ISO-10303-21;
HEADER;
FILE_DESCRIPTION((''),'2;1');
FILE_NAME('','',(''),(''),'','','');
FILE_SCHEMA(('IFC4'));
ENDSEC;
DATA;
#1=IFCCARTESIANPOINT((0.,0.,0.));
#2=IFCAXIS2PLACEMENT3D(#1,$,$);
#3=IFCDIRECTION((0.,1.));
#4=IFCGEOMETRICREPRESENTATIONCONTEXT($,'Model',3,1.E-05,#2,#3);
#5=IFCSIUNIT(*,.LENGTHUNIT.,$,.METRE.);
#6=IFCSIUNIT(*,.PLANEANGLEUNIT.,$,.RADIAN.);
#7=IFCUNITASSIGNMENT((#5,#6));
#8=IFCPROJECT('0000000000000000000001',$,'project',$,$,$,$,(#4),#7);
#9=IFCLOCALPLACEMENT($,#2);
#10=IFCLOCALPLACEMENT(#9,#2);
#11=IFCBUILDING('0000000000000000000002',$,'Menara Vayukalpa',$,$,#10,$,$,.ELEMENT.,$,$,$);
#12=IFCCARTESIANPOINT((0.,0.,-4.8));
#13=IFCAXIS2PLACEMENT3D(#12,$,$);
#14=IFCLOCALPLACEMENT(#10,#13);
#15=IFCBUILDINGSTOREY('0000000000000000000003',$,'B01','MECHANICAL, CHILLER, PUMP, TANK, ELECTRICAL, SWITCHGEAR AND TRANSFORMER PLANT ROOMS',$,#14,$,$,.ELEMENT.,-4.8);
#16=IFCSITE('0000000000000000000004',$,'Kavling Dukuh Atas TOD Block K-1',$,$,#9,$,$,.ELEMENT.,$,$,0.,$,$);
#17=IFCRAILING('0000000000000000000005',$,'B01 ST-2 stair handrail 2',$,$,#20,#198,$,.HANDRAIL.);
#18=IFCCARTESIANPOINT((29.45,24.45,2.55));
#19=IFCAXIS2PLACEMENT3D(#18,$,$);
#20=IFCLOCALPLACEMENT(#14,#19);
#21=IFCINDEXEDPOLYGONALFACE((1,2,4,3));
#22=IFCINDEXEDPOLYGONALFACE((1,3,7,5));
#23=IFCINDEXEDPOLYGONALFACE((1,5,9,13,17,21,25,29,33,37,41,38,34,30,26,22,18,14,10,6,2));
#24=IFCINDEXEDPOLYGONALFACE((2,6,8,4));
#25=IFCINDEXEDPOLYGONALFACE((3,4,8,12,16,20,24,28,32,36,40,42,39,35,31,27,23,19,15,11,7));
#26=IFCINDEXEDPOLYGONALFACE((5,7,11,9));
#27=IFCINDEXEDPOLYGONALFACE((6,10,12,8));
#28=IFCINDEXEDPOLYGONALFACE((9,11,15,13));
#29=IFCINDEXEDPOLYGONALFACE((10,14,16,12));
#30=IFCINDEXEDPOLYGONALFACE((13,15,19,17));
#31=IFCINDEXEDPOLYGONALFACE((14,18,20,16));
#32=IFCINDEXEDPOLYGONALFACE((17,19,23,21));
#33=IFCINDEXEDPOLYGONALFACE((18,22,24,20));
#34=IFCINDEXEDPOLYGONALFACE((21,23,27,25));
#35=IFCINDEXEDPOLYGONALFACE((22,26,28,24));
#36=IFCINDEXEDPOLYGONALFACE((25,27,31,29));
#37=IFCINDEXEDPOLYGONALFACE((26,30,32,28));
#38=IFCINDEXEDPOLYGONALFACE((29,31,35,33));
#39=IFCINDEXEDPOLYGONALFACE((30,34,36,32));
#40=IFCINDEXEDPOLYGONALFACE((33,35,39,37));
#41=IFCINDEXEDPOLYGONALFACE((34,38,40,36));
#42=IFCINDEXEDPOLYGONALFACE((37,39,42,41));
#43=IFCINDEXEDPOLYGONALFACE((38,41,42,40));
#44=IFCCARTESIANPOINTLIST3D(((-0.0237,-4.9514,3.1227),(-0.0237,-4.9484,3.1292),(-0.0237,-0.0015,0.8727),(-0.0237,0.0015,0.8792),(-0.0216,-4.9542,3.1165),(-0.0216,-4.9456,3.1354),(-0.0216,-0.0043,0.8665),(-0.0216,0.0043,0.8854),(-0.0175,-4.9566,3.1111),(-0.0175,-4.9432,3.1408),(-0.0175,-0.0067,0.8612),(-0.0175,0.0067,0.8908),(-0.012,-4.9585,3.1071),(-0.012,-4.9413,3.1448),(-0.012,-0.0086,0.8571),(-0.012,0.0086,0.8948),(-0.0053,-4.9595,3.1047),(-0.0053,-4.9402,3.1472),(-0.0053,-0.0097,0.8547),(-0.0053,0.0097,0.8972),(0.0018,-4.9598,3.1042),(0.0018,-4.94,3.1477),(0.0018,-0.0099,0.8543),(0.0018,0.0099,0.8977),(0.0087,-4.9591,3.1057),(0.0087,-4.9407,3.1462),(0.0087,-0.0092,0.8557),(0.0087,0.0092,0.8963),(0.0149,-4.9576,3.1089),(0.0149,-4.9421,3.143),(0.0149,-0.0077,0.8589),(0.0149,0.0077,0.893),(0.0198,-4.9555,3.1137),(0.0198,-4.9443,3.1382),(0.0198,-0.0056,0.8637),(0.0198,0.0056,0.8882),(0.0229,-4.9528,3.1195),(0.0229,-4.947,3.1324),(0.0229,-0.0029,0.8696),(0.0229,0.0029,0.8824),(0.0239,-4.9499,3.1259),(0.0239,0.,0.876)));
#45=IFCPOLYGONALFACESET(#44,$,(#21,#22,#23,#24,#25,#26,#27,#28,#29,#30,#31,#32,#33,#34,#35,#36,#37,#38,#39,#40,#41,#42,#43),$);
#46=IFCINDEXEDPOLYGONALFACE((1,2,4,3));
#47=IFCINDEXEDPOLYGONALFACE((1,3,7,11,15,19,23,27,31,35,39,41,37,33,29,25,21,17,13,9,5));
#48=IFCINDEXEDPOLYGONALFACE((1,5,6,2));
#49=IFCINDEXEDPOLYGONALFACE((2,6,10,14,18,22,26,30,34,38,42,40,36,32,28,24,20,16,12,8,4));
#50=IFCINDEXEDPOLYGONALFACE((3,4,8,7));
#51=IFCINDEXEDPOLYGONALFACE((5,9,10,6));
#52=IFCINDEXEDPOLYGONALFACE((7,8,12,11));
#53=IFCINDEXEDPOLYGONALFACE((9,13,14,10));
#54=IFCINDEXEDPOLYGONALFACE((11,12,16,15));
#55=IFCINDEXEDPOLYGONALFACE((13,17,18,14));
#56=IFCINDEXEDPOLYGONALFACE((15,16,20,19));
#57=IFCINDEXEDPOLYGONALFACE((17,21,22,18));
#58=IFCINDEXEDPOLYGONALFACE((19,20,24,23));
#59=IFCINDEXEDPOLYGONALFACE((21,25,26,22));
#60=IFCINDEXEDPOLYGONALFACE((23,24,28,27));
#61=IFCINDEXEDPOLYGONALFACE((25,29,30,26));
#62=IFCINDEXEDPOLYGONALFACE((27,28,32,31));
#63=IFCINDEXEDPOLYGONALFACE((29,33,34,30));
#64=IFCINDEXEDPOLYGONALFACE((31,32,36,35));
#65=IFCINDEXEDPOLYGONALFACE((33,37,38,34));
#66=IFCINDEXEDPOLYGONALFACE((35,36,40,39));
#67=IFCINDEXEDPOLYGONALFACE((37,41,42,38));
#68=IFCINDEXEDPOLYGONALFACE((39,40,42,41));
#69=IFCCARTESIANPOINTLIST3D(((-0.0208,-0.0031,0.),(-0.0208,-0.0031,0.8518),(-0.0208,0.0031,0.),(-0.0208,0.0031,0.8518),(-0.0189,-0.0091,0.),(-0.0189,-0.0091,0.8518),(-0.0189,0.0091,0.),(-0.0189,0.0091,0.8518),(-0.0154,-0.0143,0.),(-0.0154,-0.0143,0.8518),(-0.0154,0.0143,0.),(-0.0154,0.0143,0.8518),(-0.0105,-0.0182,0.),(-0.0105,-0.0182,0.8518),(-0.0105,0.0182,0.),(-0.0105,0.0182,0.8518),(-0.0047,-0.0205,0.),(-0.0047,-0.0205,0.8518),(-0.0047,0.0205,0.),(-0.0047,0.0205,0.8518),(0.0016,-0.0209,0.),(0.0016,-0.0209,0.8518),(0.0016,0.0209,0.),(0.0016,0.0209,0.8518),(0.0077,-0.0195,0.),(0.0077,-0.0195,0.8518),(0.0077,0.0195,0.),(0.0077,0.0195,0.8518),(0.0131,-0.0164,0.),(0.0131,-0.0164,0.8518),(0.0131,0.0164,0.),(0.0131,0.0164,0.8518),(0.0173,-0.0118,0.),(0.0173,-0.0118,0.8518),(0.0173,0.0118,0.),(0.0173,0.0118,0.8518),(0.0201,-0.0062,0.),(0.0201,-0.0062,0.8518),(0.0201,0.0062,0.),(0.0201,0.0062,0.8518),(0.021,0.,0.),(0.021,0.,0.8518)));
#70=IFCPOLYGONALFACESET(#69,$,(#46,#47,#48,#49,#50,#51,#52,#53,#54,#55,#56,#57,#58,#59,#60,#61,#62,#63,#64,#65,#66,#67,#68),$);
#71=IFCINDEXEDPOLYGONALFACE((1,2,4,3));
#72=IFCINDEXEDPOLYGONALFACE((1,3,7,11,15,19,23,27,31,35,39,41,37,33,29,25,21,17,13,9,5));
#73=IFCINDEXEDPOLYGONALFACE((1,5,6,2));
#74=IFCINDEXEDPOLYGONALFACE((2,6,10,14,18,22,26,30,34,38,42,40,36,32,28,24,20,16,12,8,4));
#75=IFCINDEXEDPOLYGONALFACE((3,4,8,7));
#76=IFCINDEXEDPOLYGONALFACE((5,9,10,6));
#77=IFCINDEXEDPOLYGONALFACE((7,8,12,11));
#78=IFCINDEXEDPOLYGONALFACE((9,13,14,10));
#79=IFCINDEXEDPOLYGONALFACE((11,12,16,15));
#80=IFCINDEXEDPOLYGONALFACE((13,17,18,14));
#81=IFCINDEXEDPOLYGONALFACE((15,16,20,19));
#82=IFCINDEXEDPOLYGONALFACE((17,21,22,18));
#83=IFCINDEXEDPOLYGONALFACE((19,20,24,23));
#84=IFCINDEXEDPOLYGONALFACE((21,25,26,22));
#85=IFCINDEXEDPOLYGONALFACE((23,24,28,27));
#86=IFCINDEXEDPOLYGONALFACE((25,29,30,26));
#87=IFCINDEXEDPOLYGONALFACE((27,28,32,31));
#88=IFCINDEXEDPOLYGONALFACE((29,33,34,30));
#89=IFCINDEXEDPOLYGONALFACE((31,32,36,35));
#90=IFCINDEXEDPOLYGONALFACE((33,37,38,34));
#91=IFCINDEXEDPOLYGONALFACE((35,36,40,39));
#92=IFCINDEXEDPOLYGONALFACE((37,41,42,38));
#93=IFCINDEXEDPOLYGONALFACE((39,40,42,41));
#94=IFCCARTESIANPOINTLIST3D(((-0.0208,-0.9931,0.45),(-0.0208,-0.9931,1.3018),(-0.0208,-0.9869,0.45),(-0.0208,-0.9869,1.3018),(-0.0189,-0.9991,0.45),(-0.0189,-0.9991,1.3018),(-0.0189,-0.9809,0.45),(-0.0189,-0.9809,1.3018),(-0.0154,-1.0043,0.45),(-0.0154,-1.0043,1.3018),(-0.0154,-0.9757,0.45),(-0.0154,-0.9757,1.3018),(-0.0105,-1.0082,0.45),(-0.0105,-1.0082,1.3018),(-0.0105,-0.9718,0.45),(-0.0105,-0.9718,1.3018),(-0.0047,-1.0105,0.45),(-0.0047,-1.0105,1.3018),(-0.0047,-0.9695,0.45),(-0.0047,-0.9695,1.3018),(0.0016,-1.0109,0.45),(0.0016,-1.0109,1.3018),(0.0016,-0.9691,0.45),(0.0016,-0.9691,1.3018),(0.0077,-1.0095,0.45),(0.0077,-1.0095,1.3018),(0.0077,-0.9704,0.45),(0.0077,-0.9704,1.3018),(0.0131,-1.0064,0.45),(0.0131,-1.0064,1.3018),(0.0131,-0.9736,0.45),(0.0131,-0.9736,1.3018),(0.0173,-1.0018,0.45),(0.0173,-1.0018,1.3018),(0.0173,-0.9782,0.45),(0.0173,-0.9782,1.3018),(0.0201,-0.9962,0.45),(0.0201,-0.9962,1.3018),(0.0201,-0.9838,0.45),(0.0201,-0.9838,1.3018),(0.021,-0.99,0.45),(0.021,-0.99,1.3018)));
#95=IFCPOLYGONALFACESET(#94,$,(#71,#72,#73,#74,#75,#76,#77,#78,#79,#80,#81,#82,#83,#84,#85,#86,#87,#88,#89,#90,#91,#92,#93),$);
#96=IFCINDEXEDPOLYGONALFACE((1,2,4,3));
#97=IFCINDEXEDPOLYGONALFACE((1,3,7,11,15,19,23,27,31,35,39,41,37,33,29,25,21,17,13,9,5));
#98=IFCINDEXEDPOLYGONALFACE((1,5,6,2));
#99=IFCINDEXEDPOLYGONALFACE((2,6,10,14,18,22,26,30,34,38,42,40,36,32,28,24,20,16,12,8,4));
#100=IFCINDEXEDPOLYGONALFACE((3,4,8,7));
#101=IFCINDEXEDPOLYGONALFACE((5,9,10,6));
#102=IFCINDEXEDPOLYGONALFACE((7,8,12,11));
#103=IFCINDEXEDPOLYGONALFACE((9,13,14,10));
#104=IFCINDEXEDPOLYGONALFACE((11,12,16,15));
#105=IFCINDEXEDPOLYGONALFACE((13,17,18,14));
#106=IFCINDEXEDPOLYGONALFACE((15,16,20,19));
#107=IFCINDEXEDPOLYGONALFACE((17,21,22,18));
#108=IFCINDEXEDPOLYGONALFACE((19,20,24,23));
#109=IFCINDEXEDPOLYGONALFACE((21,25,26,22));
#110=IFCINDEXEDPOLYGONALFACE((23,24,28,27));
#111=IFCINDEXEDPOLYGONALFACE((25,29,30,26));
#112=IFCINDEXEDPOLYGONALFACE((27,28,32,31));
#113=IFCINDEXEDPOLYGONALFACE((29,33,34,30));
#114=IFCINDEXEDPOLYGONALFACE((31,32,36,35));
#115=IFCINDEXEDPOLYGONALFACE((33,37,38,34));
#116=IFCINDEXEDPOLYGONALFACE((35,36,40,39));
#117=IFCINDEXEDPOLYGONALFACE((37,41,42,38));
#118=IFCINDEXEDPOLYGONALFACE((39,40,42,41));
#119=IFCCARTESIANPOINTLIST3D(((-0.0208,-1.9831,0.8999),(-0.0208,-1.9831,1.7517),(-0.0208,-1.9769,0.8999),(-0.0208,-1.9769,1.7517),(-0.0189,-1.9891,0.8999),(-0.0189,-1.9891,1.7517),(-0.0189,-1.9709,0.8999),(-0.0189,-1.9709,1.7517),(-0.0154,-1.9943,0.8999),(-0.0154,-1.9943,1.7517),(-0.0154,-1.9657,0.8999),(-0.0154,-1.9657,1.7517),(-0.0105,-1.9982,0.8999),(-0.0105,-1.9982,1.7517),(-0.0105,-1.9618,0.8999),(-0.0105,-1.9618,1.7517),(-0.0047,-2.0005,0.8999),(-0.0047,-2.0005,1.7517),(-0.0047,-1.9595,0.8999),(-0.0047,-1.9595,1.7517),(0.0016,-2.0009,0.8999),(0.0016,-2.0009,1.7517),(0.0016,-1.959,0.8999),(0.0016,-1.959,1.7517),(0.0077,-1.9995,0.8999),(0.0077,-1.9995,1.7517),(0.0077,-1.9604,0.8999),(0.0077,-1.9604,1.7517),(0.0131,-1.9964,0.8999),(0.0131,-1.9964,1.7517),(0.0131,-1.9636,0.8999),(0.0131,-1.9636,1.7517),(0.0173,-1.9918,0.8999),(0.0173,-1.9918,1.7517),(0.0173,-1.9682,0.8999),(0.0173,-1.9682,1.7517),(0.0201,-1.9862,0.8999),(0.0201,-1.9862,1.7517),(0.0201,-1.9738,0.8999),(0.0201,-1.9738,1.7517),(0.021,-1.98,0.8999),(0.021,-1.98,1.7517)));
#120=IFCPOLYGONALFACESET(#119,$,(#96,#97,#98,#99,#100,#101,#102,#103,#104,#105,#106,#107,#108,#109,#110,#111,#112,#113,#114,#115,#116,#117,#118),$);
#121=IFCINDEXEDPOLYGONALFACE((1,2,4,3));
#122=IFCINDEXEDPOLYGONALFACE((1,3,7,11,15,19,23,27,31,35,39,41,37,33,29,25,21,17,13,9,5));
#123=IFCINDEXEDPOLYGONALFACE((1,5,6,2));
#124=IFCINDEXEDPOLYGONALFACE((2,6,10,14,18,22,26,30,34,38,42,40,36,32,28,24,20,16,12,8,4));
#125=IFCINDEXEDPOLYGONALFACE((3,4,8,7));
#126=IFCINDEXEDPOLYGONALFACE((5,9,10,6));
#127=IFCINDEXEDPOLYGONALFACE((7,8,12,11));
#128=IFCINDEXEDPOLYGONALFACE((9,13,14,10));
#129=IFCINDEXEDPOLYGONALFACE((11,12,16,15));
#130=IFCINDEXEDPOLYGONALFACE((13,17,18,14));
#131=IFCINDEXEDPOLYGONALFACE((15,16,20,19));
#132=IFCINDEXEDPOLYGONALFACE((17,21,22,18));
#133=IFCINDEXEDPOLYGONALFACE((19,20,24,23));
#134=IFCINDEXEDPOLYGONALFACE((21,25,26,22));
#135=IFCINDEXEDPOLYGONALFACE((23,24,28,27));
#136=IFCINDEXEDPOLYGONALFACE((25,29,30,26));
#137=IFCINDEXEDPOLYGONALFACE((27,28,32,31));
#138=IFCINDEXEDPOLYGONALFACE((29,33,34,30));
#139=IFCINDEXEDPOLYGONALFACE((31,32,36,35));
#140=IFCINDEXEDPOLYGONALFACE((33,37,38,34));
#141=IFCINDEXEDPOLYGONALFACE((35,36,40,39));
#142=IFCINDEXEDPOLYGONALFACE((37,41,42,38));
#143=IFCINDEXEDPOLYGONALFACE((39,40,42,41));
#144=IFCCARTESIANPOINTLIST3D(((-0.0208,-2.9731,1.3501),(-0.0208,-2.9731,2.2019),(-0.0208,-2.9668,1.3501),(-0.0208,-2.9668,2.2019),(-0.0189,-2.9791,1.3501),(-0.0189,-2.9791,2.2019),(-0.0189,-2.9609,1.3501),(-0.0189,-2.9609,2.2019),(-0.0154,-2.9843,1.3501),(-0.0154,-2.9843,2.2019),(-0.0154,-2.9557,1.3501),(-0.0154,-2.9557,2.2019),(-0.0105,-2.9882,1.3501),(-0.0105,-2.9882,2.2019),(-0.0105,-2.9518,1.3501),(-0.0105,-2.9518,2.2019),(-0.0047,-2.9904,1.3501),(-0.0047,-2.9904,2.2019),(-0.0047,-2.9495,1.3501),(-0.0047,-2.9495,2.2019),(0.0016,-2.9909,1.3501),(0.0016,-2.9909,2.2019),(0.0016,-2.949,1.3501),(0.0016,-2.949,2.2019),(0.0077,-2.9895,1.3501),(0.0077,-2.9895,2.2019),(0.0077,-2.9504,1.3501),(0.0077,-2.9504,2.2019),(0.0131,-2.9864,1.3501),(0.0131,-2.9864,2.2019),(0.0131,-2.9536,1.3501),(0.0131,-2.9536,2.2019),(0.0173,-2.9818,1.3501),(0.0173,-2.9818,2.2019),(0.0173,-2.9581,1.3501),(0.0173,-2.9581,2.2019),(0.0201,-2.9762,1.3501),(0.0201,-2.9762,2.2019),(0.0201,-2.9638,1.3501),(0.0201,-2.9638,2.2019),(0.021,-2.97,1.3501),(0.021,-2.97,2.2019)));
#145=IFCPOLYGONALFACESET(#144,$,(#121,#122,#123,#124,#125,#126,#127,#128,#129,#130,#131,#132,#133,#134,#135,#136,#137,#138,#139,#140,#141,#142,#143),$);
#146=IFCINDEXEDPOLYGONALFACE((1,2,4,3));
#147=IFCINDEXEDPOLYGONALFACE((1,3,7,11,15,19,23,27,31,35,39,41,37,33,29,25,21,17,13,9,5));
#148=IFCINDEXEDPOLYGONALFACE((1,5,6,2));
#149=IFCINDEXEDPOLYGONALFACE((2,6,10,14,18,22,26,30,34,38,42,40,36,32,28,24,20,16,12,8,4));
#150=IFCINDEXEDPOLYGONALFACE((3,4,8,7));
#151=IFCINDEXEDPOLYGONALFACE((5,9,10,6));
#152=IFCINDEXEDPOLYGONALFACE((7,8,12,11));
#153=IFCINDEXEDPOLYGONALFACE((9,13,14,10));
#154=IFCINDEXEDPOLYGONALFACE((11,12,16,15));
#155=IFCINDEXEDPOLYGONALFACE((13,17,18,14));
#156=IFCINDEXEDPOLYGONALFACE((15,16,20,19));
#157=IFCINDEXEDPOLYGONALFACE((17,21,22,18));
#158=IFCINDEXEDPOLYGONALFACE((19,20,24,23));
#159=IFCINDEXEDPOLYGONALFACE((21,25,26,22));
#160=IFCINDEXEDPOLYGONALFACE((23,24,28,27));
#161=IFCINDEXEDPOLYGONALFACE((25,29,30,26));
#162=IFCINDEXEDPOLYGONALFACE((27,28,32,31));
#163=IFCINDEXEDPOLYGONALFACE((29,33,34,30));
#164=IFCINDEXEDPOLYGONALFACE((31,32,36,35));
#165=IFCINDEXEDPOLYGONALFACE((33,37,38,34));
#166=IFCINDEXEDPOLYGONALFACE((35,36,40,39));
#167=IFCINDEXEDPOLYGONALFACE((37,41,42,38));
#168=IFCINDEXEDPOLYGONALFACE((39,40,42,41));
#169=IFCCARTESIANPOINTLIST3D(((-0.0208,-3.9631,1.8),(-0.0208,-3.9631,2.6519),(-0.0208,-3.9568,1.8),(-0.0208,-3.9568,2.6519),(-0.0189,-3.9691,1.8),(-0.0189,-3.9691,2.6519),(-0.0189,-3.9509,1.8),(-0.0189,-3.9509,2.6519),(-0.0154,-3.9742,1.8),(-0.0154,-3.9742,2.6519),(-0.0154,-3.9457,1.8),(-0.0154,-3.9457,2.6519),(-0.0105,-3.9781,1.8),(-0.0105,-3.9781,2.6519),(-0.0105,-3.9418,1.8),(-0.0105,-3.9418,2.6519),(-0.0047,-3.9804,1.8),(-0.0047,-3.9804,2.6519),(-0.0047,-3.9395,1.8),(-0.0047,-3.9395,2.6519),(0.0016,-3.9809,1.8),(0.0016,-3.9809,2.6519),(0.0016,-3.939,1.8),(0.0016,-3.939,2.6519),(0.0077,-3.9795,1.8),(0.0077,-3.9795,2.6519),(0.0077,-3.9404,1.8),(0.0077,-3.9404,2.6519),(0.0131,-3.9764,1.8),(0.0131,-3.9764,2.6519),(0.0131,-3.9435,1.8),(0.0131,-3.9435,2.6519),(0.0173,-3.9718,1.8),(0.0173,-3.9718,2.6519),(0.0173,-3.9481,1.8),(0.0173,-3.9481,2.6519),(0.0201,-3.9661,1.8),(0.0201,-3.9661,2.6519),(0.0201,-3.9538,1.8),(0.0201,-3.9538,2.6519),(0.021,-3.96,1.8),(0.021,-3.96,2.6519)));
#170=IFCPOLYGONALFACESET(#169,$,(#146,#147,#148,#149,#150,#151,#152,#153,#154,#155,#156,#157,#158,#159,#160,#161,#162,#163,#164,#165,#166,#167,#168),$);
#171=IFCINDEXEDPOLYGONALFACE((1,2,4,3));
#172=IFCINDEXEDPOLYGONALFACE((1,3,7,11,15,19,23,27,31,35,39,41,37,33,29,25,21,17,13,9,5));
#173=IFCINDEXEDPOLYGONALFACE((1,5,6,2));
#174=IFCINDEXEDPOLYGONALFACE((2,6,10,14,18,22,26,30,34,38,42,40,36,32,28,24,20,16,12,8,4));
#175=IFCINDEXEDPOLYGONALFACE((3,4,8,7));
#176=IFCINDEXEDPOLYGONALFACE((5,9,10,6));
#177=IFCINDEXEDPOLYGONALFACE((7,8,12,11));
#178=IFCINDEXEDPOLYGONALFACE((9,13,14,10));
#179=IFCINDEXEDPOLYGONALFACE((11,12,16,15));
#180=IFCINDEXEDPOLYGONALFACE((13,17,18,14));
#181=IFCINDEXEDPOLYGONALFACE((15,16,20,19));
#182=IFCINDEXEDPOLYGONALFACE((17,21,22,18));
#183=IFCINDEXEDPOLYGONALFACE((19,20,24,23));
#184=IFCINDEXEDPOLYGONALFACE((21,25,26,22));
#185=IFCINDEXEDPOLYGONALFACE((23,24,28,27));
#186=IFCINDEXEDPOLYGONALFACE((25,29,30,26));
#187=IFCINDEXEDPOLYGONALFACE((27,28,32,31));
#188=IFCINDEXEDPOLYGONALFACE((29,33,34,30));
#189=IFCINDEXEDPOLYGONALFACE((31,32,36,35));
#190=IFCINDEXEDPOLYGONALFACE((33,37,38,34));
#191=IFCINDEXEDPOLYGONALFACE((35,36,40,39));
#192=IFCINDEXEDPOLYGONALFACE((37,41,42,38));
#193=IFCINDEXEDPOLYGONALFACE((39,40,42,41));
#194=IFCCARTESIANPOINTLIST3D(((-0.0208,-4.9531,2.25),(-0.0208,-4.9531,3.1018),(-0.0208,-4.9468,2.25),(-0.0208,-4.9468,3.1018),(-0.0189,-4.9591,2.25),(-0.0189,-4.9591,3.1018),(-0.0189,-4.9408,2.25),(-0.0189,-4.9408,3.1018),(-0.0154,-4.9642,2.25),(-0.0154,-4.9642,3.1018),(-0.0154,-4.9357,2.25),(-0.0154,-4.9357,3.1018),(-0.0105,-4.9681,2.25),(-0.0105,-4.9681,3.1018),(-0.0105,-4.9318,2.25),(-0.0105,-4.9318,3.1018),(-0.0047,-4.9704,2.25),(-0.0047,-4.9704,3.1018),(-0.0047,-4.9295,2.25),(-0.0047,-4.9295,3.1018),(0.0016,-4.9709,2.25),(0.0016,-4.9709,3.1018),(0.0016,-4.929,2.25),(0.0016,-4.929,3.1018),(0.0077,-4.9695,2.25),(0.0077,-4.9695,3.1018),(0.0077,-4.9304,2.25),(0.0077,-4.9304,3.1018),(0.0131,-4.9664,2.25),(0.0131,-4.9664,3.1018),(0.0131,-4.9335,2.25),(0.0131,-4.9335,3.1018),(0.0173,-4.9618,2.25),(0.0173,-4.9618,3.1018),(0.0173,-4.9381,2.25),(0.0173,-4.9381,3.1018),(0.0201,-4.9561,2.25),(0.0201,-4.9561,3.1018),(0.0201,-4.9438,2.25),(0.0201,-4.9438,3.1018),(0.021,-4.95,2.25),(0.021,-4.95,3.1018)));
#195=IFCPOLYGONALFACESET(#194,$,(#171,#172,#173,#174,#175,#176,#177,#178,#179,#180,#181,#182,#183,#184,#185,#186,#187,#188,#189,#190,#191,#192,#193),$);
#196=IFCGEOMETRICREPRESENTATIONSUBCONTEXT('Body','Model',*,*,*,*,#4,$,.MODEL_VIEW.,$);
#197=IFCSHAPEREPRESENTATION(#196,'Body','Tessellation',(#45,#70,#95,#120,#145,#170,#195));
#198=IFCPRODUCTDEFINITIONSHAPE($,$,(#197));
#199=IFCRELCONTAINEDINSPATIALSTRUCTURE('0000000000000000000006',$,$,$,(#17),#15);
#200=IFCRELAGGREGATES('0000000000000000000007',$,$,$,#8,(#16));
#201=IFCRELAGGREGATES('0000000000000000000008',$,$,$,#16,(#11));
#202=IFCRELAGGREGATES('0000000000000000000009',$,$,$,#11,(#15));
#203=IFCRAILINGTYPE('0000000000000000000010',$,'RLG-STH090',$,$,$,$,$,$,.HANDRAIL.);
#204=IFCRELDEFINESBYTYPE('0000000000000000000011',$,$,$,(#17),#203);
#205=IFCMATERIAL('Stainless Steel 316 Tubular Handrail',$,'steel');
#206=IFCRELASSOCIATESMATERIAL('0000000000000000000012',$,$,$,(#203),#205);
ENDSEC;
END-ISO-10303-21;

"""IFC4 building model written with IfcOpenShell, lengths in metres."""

from ifc_helpers import new_model, si_unit, direction, frame, origin, origin_2d, place, context, subcontext, project, spatial, circle, extrude, material, type_object, element, save


model = new_model("IFC4")

# Units and contexts
model_context = context("Model", 3, precision=1e-05, world=origin(), true_north=direction((0.0, 1.0)))
body_context = subcontext(model_context, "Body", "Model", "MODEL_VIEW")
ifc_project = project(units=[si_unit("LENGTHUNIT", "METRE"), si_unit("PLANEANGLEUNIT", "RADIAN")], contexts=[model_context])

# Site, building, storey
site_placement = place(None, origin())
site = spatial("IfcSite", under=ifc_project, at=site_placement, Name="Kavling Dukuh Atas TOD Block K-1", CompositionType="ELEMENT", RefElevation=0.0)
building_placement = place(site_placement, origin())
building = spatial("IfcBuilding", under=site, at=building_placement, Name="Menara Vayukalpa", CompositionType="ELEMENT")
storey_placement = place(building_placement, frame((0.0, 0.0, -4.8)))
storey = spatial("IfcBuildingStorey", under=building, at=storey_placement, Name="B01", Description="MECHANICAL, CHILLER, PUMP, TANK, ELECTRICAL, SWITCHGEAR AND TRANSFORMER PLANT ROOMS", CompositionType="ELEMENT", Elevation=-4.8)

# Railing
ifc_material_1 = material(Name="Stainless Steel 316 Tubular Handrail", Category="steel")
railing_type_1 = type_object("IfcRailingType", Name="RLG-STH090", PredefinedType="HANDRAIL", material=ifc_material_1)
railing_1_placement = place(storey_placement, frame((29.45, 24.45, 2.55)))
element("IfcRailing", 1, at=railing_1_placement, inside=storey, type_object=railing_type_1, Name="B01 ST-2 stair handrail 2", PredefinedType="HANDRAIL", context=body_context, shape_type="SweptSolid", body=[
    extrude(circle(Radius=0.0239, at=origin_2d()), frame((0.0, 0.0, 0.876), z_axis=(0.0, -0.910365, 0.413806), x_axis=(1.0, 0.0, 0.0)), (0.0, 0.0, 1.0), 5.4373),
    extrude(circle(Radius=0.021, at=origin_2d()), origin(), (0.0, 0.0, 1.0), 0.8518),
    extrude(circle(Radius=0.021, at=origin_2d()), frame((0.0, -0.99, 0.45)), (0.0, 0.0, 1.0), 0.8518),
    extrude(circle(Radius=0.021, at=origin_2d()), frame((0.0, -1.98, 0.8999)), (0.0, 0.0, 1.0), 0.8518),
    extrude(circle(Radius=0.021, at=origin_2d()), frame((0.0, -2.97, 1.3501)), (0.0, 0.0, 1.0), 0.8518),
    extrude(circle(Radius=0.021, at=origin_2d()), frame((0.0, -3.96, 1.8)), (0.0, 0.0, 1.0), 0.8518),
    extrude(circle(Radius=0.021, at=origin_2d()), frame((0.0, -4.95, 2.25)), (0.0, 0.0, 1.0), 0.8518),
])

save(model, "model.ifc")
